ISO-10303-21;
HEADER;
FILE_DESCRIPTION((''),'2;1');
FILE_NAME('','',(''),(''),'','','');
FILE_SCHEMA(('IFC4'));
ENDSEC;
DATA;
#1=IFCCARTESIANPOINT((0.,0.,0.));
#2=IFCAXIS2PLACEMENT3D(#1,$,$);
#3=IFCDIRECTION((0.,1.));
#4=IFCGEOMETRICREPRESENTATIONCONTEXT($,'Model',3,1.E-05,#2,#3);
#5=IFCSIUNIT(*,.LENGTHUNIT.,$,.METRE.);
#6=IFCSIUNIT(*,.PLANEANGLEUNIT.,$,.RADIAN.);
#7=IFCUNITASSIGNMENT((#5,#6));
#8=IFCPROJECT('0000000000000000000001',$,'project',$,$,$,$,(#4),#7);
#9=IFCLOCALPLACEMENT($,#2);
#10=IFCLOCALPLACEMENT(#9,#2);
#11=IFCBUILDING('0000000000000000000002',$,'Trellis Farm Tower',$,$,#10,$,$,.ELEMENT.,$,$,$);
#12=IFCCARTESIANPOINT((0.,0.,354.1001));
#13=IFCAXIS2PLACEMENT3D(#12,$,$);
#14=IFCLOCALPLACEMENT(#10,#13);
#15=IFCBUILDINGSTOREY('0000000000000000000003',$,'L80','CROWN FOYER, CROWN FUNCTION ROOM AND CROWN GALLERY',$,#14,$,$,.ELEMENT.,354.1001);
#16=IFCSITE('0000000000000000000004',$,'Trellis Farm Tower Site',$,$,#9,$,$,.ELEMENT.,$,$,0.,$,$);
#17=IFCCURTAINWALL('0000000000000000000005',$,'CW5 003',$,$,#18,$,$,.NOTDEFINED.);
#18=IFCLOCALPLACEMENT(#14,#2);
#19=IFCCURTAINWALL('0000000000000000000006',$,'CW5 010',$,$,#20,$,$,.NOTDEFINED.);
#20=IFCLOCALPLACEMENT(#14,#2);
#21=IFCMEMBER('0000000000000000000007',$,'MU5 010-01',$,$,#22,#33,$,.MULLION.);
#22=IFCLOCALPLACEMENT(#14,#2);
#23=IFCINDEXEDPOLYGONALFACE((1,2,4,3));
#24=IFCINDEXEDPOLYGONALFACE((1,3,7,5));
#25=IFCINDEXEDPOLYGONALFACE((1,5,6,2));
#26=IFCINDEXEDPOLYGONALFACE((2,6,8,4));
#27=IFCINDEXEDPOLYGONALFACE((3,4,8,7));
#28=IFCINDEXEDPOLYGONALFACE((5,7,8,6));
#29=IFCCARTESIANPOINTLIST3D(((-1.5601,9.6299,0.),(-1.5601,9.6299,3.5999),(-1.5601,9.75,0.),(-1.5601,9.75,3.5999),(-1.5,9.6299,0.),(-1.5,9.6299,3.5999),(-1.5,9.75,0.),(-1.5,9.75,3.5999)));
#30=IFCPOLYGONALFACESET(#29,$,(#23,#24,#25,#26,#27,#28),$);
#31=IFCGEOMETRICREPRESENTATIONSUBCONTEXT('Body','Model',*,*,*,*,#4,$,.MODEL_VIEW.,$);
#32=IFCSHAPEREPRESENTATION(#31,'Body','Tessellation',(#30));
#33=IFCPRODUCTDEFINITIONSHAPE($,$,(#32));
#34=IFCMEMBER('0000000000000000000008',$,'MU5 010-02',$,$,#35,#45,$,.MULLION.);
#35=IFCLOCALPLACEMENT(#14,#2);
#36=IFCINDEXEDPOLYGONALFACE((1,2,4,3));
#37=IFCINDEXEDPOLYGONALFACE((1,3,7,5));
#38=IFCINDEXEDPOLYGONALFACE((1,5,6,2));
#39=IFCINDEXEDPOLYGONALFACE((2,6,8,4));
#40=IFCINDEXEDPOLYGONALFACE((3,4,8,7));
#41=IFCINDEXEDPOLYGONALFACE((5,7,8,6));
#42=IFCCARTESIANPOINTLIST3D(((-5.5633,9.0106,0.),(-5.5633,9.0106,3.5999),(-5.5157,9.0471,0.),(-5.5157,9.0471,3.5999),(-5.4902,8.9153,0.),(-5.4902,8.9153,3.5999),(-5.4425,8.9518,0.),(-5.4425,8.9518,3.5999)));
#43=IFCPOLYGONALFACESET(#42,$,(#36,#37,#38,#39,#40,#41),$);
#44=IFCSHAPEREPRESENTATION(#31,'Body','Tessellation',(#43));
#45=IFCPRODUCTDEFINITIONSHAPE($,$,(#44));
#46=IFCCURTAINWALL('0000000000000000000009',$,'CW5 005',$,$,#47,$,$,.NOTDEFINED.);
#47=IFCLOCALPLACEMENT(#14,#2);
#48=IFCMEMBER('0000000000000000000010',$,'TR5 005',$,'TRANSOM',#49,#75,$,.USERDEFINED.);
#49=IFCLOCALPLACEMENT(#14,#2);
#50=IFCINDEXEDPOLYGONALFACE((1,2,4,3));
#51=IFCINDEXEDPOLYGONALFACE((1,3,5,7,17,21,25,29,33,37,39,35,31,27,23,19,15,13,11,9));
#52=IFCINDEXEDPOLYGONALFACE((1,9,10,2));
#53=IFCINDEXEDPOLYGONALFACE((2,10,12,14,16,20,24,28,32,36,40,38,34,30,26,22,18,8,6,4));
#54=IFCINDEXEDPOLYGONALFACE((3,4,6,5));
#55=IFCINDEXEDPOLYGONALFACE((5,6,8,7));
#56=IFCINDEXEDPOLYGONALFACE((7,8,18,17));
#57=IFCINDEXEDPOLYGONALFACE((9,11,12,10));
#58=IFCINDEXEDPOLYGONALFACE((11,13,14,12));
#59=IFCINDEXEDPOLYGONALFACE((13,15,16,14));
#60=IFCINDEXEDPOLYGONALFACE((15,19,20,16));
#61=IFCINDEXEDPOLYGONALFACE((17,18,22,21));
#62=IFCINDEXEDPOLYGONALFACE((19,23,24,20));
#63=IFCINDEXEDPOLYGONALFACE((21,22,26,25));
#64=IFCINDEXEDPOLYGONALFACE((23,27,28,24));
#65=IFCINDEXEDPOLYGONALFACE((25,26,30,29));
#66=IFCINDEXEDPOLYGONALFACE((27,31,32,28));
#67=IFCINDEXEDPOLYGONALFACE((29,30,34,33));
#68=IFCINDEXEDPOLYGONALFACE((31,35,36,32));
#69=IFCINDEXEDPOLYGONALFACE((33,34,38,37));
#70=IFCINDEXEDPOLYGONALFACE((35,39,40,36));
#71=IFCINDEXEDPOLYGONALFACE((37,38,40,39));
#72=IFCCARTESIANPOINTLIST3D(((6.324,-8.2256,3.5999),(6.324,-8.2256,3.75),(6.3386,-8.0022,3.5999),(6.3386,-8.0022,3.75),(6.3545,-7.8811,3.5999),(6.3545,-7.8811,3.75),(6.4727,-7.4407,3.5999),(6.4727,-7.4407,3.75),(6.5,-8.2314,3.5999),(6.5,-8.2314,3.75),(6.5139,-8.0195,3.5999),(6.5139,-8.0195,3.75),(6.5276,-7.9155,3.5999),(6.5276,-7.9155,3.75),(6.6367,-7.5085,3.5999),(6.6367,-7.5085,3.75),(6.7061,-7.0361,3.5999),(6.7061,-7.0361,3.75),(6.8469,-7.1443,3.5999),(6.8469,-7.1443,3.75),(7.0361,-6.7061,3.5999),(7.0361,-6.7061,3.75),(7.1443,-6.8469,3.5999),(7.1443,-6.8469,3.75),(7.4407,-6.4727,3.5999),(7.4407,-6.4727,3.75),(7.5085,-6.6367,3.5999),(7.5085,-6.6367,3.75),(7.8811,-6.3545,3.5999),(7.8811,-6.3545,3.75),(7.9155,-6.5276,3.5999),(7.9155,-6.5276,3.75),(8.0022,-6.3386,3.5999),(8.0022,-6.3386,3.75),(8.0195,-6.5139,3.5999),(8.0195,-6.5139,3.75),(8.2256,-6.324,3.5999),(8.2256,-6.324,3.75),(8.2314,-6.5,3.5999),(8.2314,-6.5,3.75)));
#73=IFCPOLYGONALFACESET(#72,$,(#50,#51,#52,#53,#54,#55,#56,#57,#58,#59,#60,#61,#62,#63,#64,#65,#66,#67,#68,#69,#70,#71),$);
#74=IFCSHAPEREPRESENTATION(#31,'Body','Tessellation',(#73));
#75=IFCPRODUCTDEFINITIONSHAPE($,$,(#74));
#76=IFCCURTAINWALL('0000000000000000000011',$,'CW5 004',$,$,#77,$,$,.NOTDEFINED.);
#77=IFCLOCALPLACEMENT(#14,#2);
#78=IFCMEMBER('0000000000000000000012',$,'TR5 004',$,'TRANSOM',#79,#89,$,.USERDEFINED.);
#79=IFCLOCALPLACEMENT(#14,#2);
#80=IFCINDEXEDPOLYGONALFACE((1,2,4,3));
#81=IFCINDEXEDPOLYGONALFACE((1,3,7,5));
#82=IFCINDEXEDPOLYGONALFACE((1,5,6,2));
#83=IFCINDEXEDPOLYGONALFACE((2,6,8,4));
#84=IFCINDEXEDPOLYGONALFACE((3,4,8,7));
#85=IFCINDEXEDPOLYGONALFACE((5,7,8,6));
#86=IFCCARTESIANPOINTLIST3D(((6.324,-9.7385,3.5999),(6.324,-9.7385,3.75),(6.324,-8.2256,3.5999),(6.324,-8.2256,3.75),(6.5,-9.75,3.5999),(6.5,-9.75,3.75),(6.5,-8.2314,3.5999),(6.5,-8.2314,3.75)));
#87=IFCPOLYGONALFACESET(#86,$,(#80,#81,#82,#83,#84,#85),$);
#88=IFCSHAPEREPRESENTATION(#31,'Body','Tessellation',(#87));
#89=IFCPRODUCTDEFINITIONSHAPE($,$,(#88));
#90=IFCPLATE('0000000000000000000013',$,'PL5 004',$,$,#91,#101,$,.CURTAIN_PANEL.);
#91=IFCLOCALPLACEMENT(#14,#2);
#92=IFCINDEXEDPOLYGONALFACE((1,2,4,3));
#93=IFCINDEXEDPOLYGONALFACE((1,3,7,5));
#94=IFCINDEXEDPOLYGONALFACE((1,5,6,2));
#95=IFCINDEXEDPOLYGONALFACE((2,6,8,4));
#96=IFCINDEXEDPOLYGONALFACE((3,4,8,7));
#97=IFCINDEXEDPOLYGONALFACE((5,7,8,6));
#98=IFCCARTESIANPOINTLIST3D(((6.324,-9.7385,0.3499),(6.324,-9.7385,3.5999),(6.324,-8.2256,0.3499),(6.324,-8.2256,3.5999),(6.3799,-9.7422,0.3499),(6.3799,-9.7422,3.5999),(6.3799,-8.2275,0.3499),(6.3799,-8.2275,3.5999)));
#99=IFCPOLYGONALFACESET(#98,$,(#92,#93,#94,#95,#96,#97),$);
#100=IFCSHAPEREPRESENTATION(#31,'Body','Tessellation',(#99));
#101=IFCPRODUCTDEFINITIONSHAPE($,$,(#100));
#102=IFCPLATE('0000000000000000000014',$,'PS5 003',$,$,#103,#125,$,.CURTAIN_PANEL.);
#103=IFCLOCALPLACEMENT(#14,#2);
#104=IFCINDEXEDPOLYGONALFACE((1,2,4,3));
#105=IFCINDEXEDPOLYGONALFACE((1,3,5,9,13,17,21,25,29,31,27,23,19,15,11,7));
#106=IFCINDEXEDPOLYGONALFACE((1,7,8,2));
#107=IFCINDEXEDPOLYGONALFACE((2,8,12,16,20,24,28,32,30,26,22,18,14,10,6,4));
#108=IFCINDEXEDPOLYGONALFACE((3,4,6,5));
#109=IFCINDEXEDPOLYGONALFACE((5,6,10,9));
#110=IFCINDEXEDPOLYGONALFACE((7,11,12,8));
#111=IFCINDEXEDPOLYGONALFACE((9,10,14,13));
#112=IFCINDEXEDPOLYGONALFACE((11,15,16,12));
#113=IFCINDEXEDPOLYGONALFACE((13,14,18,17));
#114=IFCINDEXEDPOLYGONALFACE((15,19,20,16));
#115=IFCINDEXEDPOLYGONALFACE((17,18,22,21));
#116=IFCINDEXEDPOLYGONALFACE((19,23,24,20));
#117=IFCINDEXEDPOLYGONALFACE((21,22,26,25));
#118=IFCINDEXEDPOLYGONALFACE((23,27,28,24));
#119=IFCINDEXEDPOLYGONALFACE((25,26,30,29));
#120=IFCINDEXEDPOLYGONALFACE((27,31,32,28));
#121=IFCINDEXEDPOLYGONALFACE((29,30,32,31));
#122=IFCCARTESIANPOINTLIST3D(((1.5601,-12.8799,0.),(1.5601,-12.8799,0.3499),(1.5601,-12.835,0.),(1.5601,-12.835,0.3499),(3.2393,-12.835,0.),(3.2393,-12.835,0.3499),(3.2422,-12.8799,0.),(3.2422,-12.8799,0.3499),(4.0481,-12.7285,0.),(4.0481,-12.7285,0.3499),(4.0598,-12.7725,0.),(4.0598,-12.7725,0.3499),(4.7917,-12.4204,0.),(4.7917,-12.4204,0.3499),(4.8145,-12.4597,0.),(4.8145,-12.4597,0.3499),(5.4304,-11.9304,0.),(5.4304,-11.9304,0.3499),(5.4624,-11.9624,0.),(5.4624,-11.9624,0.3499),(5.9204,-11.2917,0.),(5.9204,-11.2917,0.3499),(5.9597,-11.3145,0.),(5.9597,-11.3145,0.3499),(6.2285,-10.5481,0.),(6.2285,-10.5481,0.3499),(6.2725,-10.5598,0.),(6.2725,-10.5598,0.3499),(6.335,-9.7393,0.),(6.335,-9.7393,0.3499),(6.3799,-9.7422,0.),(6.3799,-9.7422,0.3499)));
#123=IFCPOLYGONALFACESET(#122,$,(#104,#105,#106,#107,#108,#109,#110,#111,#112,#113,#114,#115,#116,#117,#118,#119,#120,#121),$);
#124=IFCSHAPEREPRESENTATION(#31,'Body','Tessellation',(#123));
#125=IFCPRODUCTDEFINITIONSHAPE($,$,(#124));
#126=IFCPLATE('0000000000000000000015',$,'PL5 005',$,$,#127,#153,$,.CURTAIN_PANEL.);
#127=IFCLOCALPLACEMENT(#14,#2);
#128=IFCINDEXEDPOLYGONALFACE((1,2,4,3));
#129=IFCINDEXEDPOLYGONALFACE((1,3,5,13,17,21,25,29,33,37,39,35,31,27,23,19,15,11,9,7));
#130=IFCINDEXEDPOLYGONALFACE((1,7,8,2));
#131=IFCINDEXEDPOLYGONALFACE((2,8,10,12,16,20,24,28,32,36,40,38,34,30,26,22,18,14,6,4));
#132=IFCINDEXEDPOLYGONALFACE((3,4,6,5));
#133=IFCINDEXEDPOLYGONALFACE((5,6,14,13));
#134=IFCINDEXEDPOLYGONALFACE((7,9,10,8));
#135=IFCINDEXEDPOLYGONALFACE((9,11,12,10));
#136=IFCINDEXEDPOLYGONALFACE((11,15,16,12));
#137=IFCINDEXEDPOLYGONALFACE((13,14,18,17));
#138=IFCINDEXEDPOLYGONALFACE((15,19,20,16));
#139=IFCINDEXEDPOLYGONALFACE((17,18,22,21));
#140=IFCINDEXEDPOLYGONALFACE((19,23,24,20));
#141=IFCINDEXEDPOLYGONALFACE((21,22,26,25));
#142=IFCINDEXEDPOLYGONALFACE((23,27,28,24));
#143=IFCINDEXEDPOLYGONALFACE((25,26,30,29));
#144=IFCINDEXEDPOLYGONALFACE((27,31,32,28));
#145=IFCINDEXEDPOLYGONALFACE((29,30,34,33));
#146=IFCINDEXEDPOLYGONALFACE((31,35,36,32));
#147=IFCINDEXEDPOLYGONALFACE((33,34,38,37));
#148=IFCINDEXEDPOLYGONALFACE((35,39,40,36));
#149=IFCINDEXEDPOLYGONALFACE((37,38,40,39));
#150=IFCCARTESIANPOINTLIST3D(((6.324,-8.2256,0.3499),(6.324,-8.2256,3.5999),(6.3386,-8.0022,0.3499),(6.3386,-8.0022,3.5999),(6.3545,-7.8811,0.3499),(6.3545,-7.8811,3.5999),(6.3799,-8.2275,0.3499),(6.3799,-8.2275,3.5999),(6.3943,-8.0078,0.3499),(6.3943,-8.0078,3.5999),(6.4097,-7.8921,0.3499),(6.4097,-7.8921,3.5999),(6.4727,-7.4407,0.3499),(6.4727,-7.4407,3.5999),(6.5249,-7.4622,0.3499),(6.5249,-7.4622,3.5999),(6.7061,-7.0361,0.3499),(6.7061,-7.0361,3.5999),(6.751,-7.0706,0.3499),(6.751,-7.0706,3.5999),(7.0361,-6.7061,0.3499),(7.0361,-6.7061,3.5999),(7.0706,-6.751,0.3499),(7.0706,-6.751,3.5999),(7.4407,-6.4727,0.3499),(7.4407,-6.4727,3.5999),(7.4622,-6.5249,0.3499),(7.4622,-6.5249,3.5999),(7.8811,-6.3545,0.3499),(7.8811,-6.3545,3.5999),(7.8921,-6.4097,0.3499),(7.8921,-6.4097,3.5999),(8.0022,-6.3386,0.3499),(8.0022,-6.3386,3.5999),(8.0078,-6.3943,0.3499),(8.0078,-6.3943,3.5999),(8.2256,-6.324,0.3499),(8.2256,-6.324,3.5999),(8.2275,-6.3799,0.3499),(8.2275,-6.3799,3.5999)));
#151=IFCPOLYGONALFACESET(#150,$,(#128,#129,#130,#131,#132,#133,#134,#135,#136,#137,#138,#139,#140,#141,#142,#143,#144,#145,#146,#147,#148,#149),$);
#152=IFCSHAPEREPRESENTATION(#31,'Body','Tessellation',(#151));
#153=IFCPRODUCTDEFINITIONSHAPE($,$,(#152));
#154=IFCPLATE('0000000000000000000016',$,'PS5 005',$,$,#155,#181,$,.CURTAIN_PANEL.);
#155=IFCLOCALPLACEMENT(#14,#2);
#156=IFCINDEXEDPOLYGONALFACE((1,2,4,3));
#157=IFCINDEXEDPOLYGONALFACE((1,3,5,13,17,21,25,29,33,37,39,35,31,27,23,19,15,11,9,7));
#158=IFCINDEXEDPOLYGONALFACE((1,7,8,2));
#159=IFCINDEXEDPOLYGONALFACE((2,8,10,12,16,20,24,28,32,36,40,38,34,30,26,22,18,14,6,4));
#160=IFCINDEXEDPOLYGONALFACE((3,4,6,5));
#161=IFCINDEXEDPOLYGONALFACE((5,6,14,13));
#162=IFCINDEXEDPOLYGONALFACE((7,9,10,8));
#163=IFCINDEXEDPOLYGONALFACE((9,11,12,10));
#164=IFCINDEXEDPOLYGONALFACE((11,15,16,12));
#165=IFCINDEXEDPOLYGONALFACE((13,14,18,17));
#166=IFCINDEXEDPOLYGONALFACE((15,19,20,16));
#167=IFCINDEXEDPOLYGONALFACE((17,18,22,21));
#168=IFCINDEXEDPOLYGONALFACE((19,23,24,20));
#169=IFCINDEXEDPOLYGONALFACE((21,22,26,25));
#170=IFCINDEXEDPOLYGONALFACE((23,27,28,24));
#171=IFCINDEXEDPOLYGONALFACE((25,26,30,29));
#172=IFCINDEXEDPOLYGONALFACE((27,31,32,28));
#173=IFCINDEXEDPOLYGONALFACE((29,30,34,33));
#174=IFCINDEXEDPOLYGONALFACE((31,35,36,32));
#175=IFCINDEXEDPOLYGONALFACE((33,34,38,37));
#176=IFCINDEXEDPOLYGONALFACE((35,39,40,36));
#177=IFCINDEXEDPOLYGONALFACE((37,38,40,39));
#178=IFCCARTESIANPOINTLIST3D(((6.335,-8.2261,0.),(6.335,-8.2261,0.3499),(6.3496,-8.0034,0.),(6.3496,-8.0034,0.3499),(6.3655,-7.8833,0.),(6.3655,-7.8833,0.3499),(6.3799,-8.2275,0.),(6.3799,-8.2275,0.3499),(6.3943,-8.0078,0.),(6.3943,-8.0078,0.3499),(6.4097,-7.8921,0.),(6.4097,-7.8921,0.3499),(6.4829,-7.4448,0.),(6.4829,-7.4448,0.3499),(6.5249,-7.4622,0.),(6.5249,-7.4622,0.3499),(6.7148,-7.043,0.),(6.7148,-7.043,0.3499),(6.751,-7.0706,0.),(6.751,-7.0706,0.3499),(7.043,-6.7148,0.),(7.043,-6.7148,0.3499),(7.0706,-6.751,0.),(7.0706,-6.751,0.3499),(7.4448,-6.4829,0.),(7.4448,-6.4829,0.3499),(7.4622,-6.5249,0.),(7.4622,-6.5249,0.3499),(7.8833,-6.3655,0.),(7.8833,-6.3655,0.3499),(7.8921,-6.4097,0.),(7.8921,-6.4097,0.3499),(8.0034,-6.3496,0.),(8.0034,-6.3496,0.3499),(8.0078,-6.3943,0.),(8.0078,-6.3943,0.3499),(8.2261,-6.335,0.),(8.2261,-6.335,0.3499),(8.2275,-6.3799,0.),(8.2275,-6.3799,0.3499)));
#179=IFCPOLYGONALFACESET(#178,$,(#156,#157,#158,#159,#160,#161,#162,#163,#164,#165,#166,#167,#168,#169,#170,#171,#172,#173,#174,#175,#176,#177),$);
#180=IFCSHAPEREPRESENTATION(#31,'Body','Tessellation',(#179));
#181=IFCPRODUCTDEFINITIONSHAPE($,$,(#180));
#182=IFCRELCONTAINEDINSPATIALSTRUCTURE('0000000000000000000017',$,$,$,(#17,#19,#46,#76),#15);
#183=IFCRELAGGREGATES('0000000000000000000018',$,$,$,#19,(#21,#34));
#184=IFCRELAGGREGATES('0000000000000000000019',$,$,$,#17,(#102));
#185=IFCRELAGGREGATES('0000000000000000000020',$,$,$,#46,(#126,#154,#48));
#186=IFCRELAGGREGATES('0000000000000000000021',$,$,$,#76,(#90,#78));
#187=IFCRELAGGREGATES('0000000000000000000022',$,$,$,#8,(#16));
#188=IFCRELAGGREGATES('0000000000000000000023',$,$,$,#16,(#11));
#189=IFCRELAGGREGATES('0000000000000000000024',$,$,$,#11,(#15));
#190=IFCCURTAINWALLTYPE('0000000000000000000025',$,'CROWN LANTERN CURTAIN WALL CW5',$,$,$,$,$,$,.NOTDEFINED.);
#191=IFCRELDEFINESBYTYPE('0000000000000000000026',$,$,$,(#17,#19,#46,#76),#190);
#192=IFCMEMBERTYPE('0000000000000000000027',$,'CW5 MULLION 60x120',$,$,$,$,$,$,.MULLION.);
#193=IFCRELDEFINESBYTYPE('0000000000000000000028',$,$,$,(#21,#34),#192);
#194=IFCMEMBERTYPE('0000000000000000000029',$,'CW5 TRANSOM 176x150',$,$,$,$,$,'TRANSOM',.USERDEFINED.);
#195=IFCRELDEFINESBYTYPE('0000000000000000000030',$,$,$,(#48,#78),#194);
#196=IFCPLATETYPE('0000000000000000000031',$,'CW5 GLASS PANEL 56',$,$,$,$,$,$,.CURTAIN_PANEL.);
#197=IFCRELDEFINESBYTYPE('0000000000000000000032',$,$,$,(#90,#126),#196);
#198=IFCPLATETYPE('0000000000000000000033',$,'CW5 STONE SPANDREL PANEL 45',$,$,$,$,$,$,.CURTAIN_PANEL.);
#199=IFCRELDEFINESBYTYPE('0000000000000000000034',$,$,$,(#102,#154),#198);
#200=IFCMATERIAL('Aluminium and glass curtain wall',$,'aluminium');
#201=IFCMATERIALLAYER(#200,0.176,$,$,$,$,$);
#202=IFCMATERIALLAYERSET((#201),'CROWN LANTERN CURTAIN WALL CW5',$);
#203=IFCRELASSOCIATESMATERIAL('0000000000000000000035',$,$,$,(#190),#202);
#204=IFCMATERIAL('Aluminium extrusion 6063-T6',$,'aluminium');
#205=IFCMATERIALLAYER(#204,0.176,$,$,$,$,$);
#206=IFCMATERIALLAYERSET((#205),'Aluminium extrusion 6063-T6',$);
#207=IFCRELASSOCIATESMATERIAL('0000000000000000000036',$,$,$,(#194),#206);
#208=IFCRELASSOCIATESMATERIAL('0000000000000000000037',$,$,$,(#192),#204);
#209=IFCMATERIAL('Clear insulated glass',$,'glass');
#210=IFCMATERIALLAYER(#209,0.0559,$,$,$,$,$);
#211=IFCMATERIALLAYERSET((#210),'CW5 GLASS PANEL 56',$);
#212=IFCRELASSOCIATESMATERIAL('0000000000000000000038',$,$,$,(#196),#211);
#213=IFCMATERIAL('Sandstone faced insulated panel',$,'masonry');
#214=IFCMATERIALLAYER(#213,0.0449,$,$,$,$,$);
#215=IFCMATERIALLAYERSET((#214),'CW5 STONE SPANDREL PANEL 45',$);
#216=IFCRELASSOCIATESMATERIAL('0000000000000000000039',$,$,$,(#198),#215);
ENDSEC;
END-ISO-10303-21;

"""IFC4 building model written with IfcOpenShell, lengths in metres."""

from ifc_helpers import new_model, si_unit, direction, frame, origin, origin_2d, place, context, subcontext, project, spatial, polyline, rectangle, outline, extrude, source, transform, mapped, material, layer, layer_set, material_profile, profile_set, type_object, element, aggregate, save


model = new_model("IFC4")

# Units and contexts
model_context = context("Model", 3, precision=1e-05, world=origin(), true_north=direction((0.0, 1.0)))
body_context = subcontext(model_context, "Body", "Model", "MODEL_VIEW")
ifc_project = project(units=[si_unit("LENGTHUNIT", "METRE"), si_unit("PLANEANGLEUNIT", "RADIAN")], contexts=[model_context])

# Site, building, storey
site_placement = place(None, origin())
site = spatial("IfcSite", under=ifc_project, at=site_placement, Name="Trellis Farm Tower Site", CompositionType="ELEMENT", RefElevation=0.0)
building_placement = place(site_placement, origin())
building = spatial("IfcBuilding", under=site, at=building_placement, Name="Trellis Farm Tower", CompositionType="ELEMENT")
storey_placement = place(building_placement, frame((0.0, 0.0, 354.1001)))
storey = spatial("IfcBuildingStorey", under=building, at=storey_placement, Name="L80", Description="CROWN FOYER, CROWN FUNCTION ROOM AND CROWN GALLERY", CompositionType="ELEMENT", Elevation=354.1001)

# Curtain wall
ifc_material_1 = material(Name="Aluminium and glass curtain wall", Category="aluminium")
ifc_layer_1 = layer(ifc_material_1, 0.176)
ifc_layer_set_1 = layer_set([ifc_layer_1], Name="CROWN LANTERN CURTAIN WALL CW5")
curtain_wall_type = type_object("IfcCurtainWallType", Name="CROWN LANTERN CURTAIN WALL CW5", PredefinedType="NOTDEFINED", material=ifc_layer_set_1)
placement_1 = place(storey_placement, origin())
curtain_wall_1 = element("IfcCurtainWall", 1, at=placement_1, inside=storey, type_object=curtain_wall_type, Name="CW5 003", PredefinedType="NOTDEFINED")
ifc_material_2 = material(Name="Aluminium extrusion 6063-T6", Category="aluminium")
ifc_layer_2 = layer(ifc_material_2, 0.176)
ifc_layer_set_2 = layer_set([ifc_layer_2], Name="Aluminium extrusion 6063-T6")
member_type_1 = type_object("IfcMemberType", Name="CW5 TRANSOM 176x150", ElementType="TRANSOM", PredefinedType="USERDEFINED", material=ifc_layer_set_2)
placement_2 = place(storey_placement, frame((0.0, 0.0, 3.5999)))

# Curtain wall, members
curtain_wall_2 = element("IfcCurtainWall", 2, at=placement_1, inside=storey, type_object=curtain_wall_type, Name="CW5 010", PredefinedType="NOTDEFINED")
ifc_material_profile_1 = material_profile(ifc_material_2, rectangle(XDim=0.0601, YDim=0.1201, at=origin_2d()), Name="MULLION 60x120")
ifc_profile_set_1 = profile_set([ifc_material_profile_1], Name="Aluminium extrusion 6063-T6")
member_type_2 = type_object("IfcMemberType", Name="CW5 MULLION 60x120", PredefinedType="MULLION", material=ifc_profile_set_1)
shared_shape_1 = source(origin(), body_context, "Body", "SweptSolid", [
    extrude(rectangle(XDim=0.0601, YDim=0.1201, at=origin_2d()), origin(), (0.0, 0.0, 1.0), 3.5999),
])
member_1_placement = place(storey_placement, frame((-1.53, 9.6899, 0.0), z_axis=(0.0, 0.0, 1.0), x_axis=(-1.0, 0.0, 0.0)))
member_1 = element("IfcMember", 3, at=member_1_placement, type_object=member_type_2, Name="MU5 010-01", PredefinedType="MULLION", context=body_context, shape_type="MappedRepresentation", body=[
    mapped(shared_shape_1, transform((0.0, 0.0, 0.0))),
])
member_2_placement = place(storey_placement, frame((-5.5029, 8.9812, 0.0), z_axis=(0.0, 0.0, 1.0), x_axis=(-0.793353, -0.608761, 0.0)))
member_2 = element("IfcMember", 4, at=member_2_placement, type_object=member_type_2, Name="MU5 010-02", PredefinedType="MULLION", context=body_context, shape_type="MappedRepresentation", body=[
    mapped(shared_shape_1, transform((0.0, 0.0, 0.0))),
])
aggregate(curtain_wall_2, [member_1, member_2])

# Curtain wall, member
curtain_wall_3 = element("IfcCurtainWall", 5, at=placement_1, inside=storey, type_object=curtain_wall_type, Name="CW5 005", PredefinedType="NOTDEFINED")
shared_shape_2 = source(origin(), body_context, "Body", "SweptSolid", [
    extrude(outline(polyline([(6.5, -8.2314), (6.5139, -8.0195), (6.5276, -7.9155), (6.6367, -7.5085), (6.8469, -7.1443), (7.1443, -6.8469), (7.5085, -6.6367), (7.9155, -6.5276), (8.0195, -6.5139), (8.2314, -6.5), (8.2256, -6.324), (8.0022, -6.3386), (7.8811, -6.3545), (7.4407, -6.4727), (7.0361, -6.7061), (6.7061, -7.0361), (6.4727, -7.4407), (6.3545, -7.8811), (6.3386, -8.0022), (6.324, -8.2256), (6.5, -8.2314)])), origin(), (0.0, 0.0, 1.0), 0.1501),
])
member_3 = element("IfcMember", 6, at=placement_2, type_object=member_type_1, Name="TR5 005", ObjectType="TRANSOM", PredefinedType="USERDEFINED", context=body_context, shape_type="MappedRepresentation", body=[
    mapped(shared_shape_2, transform((0.0, 0.0, 0.0))),
])

# Curtain wall, member, plate
curtain_wall_4 = element("IfcCurtainWall", 7, at=placement_1, inside=storey, type_object=curtain_wall_type, Name="CW5 004", PredefinedType="NOTDEFINED")
shared_shape_3 = source(origin(), body_context, "Body", "SweptSolid", [
    extrude(outline(polyline([(6.5, -9.75), (6.5, -8.2314), (6.324, -8.2256), (6.324, -9.7385), (6.5, -9.75)])), origin(), (0.0, 0.0, 1.0), 0.1501),
])
member_4 = element("IfcMember", 8, at=placement_2, type_object=member_type_1, Name="TR5 004", ObjectType="TRANSOM", PredefinedType="USERDEFINED", context=body_context, shape_type="MappedRepresentation", body=[
    mapped(shared_shape_3, transform((0.0, 0.0, 0.0))),
])
ifc_material_3 = material(Name="Clear insulated glass", Category="glass")
ifc_layer_3 = layer(ifc_material_3, 0.0559)
ifc_layer_set_3 = layer_set([ifc_layer_3], Name="CW5 GLASS PANEL 56")
plate_type_1 = type_object("IfcPlateType", Name="CW5 GLASS PANEL 56", PredefinedType="CURTAIN_PANEL", material=ifc_layer_set_3)
placement_3 = place(storey_placement, frame((0.0, 0.0, 0.3499)))
plate_1 = element("IfcPlate", 9, at=placement_3, type_object=plate_type_1, Name="PL5 004", PredefinedType="CURTAIN_PANEL", context=body_context, shape_type="SweptSolid", body=[
    extrude(outline(polyline([(6.3799, -9.7422), (6.3799, -8.2275), (6.324, -8.2256), (6.324, -9.7385), (6.3799, -9.7422)])), origin(), (0.0, 0.0, 1.0), 3.25),
])

# Plates
ifc_material_4 = material(Name="Sandstone faced insulated panel", Category="masonry")
ifc_layer_4 = layer(ifc_material_4, 0.0449)
ifc_layer_set_4 = layer_set([ifc_layer_4], Name="CW5 STONE SPANDREL PANEL 45")
plate_type_2 = type_object("IfcPlateType", Name="CW5 STONE SPANDREL PANEL 45", PredefinedType="CURTAIN_PANEL", material=ifc_layer_set_4)
plate_2 = element("IfcPlate", 10, at=placement_1, type_object=plate_type_2, Name="PS5 003", PredefinedType="CURTAIN_PANEL", context=body_context, shape_type="SweptSolid", body=[
    extrude(outline(polyline([(1.5601, -12.8799), (3.2422, -12.8799), (4.0598, -12.7725), (4.8145, -12.4597), (5.4624, -11.9624), (5.9597, -11.3145), (6.2725, -10.5598), (6.3799, -9.7422), (6.335, -9.7393), (6.2285, -10.5481), (5.9204, -11.2917), (5.4304, -11.9304), (4.7917, -12.4204), (4.0481, -12.7285), (3.2393, -12.835), (1.5601, -12.835), (1.5601, -12.8799)])), origin(), (0.0, 0.0, 1.0), 0.3499),
])
aggregate(curtain_wall_1, [plate_2])
shared_shape_4 = source(origin(), body_context, "Body", "SweptSolid", [
    extrude(outline(polyline([(6.3799, -8.2275), (6.3943, -8.0078), (6.4097, -7.8921), (6.5249, -7.4622), (6.751, -7.0706), (7.0706, -6.751), (7.4622, -6.5249), (7.8921, -6.4097), (8.0078, -6.3943), (8.2275, -6.3799), (8.2256, -6.324), (8.0022, -6.3386), (7.8811, -6.3545), (7.4407, -6.4727), (7.0361, -6.7061), (6.7061, -7.0361), (6.4727, -7.4407), (6.3545, -7.8811), (6.3386, -8.0022), (6.324, -8.2256), (6.3799, -8.2275)])), origin(), (0.0, 0.0, 1.0), 3.25),
])
plate_3 = element("IfcPlate", 11, at=placement_3, type_object=plate_type_1, Name="PL5 005", PredefinedType="CURTAIN_PANEL", context=body_context, shape_type="MappedRepresentation", body=[
    mapped(shared_shape_4, transform((0.0, 0.0, 0.0))),
])
shared_shape_5 = source(origin(), body_context, "Body", "SweptSolid", [
    extrude(outline(polyline([(6.3799, -8.2275), (6.3943, -8.0078), (6.4097, -7.8921), (6.5249, -7.4622), (6.751, -7.0706), (7.0706, -6.751), (7.4622, -6.5249), (7.8921, -6.4097), (8.0078, -6.3943), (8.2275, -6.3799), (8.2261, -6.335), (8.0034, -6.3496), (7.8833, -6.3655), (7.4448, -6.4829), (7.043, -6.7148), (6.7148, -7.043), (6.4829, -7.4448), (6.3655, -7.8833), (6.3496, -8.0034), (6.335, -8.2261), (6.3799, -8.2275)])), origin(), (0.0, 0.0, 1.0), 0.3499),
])
plate_4 = element("IfcPlate", 12, at=placement_1, type_object=plate_type_2, Name="PS5 005", PredefinedType="CURTAIN_PANEL", context=body_context, shape_type="MappedRepresentation", body=[
    mapped(shared_shape_5, transform((0.0, 0.0, 0.0))),
])
aggregate(curtain_wall_3, [plate_3, plate_4, member_3])

aggregate(curtain_wall_4, [plate_1, member_4])

save(model, "model.ifc")
